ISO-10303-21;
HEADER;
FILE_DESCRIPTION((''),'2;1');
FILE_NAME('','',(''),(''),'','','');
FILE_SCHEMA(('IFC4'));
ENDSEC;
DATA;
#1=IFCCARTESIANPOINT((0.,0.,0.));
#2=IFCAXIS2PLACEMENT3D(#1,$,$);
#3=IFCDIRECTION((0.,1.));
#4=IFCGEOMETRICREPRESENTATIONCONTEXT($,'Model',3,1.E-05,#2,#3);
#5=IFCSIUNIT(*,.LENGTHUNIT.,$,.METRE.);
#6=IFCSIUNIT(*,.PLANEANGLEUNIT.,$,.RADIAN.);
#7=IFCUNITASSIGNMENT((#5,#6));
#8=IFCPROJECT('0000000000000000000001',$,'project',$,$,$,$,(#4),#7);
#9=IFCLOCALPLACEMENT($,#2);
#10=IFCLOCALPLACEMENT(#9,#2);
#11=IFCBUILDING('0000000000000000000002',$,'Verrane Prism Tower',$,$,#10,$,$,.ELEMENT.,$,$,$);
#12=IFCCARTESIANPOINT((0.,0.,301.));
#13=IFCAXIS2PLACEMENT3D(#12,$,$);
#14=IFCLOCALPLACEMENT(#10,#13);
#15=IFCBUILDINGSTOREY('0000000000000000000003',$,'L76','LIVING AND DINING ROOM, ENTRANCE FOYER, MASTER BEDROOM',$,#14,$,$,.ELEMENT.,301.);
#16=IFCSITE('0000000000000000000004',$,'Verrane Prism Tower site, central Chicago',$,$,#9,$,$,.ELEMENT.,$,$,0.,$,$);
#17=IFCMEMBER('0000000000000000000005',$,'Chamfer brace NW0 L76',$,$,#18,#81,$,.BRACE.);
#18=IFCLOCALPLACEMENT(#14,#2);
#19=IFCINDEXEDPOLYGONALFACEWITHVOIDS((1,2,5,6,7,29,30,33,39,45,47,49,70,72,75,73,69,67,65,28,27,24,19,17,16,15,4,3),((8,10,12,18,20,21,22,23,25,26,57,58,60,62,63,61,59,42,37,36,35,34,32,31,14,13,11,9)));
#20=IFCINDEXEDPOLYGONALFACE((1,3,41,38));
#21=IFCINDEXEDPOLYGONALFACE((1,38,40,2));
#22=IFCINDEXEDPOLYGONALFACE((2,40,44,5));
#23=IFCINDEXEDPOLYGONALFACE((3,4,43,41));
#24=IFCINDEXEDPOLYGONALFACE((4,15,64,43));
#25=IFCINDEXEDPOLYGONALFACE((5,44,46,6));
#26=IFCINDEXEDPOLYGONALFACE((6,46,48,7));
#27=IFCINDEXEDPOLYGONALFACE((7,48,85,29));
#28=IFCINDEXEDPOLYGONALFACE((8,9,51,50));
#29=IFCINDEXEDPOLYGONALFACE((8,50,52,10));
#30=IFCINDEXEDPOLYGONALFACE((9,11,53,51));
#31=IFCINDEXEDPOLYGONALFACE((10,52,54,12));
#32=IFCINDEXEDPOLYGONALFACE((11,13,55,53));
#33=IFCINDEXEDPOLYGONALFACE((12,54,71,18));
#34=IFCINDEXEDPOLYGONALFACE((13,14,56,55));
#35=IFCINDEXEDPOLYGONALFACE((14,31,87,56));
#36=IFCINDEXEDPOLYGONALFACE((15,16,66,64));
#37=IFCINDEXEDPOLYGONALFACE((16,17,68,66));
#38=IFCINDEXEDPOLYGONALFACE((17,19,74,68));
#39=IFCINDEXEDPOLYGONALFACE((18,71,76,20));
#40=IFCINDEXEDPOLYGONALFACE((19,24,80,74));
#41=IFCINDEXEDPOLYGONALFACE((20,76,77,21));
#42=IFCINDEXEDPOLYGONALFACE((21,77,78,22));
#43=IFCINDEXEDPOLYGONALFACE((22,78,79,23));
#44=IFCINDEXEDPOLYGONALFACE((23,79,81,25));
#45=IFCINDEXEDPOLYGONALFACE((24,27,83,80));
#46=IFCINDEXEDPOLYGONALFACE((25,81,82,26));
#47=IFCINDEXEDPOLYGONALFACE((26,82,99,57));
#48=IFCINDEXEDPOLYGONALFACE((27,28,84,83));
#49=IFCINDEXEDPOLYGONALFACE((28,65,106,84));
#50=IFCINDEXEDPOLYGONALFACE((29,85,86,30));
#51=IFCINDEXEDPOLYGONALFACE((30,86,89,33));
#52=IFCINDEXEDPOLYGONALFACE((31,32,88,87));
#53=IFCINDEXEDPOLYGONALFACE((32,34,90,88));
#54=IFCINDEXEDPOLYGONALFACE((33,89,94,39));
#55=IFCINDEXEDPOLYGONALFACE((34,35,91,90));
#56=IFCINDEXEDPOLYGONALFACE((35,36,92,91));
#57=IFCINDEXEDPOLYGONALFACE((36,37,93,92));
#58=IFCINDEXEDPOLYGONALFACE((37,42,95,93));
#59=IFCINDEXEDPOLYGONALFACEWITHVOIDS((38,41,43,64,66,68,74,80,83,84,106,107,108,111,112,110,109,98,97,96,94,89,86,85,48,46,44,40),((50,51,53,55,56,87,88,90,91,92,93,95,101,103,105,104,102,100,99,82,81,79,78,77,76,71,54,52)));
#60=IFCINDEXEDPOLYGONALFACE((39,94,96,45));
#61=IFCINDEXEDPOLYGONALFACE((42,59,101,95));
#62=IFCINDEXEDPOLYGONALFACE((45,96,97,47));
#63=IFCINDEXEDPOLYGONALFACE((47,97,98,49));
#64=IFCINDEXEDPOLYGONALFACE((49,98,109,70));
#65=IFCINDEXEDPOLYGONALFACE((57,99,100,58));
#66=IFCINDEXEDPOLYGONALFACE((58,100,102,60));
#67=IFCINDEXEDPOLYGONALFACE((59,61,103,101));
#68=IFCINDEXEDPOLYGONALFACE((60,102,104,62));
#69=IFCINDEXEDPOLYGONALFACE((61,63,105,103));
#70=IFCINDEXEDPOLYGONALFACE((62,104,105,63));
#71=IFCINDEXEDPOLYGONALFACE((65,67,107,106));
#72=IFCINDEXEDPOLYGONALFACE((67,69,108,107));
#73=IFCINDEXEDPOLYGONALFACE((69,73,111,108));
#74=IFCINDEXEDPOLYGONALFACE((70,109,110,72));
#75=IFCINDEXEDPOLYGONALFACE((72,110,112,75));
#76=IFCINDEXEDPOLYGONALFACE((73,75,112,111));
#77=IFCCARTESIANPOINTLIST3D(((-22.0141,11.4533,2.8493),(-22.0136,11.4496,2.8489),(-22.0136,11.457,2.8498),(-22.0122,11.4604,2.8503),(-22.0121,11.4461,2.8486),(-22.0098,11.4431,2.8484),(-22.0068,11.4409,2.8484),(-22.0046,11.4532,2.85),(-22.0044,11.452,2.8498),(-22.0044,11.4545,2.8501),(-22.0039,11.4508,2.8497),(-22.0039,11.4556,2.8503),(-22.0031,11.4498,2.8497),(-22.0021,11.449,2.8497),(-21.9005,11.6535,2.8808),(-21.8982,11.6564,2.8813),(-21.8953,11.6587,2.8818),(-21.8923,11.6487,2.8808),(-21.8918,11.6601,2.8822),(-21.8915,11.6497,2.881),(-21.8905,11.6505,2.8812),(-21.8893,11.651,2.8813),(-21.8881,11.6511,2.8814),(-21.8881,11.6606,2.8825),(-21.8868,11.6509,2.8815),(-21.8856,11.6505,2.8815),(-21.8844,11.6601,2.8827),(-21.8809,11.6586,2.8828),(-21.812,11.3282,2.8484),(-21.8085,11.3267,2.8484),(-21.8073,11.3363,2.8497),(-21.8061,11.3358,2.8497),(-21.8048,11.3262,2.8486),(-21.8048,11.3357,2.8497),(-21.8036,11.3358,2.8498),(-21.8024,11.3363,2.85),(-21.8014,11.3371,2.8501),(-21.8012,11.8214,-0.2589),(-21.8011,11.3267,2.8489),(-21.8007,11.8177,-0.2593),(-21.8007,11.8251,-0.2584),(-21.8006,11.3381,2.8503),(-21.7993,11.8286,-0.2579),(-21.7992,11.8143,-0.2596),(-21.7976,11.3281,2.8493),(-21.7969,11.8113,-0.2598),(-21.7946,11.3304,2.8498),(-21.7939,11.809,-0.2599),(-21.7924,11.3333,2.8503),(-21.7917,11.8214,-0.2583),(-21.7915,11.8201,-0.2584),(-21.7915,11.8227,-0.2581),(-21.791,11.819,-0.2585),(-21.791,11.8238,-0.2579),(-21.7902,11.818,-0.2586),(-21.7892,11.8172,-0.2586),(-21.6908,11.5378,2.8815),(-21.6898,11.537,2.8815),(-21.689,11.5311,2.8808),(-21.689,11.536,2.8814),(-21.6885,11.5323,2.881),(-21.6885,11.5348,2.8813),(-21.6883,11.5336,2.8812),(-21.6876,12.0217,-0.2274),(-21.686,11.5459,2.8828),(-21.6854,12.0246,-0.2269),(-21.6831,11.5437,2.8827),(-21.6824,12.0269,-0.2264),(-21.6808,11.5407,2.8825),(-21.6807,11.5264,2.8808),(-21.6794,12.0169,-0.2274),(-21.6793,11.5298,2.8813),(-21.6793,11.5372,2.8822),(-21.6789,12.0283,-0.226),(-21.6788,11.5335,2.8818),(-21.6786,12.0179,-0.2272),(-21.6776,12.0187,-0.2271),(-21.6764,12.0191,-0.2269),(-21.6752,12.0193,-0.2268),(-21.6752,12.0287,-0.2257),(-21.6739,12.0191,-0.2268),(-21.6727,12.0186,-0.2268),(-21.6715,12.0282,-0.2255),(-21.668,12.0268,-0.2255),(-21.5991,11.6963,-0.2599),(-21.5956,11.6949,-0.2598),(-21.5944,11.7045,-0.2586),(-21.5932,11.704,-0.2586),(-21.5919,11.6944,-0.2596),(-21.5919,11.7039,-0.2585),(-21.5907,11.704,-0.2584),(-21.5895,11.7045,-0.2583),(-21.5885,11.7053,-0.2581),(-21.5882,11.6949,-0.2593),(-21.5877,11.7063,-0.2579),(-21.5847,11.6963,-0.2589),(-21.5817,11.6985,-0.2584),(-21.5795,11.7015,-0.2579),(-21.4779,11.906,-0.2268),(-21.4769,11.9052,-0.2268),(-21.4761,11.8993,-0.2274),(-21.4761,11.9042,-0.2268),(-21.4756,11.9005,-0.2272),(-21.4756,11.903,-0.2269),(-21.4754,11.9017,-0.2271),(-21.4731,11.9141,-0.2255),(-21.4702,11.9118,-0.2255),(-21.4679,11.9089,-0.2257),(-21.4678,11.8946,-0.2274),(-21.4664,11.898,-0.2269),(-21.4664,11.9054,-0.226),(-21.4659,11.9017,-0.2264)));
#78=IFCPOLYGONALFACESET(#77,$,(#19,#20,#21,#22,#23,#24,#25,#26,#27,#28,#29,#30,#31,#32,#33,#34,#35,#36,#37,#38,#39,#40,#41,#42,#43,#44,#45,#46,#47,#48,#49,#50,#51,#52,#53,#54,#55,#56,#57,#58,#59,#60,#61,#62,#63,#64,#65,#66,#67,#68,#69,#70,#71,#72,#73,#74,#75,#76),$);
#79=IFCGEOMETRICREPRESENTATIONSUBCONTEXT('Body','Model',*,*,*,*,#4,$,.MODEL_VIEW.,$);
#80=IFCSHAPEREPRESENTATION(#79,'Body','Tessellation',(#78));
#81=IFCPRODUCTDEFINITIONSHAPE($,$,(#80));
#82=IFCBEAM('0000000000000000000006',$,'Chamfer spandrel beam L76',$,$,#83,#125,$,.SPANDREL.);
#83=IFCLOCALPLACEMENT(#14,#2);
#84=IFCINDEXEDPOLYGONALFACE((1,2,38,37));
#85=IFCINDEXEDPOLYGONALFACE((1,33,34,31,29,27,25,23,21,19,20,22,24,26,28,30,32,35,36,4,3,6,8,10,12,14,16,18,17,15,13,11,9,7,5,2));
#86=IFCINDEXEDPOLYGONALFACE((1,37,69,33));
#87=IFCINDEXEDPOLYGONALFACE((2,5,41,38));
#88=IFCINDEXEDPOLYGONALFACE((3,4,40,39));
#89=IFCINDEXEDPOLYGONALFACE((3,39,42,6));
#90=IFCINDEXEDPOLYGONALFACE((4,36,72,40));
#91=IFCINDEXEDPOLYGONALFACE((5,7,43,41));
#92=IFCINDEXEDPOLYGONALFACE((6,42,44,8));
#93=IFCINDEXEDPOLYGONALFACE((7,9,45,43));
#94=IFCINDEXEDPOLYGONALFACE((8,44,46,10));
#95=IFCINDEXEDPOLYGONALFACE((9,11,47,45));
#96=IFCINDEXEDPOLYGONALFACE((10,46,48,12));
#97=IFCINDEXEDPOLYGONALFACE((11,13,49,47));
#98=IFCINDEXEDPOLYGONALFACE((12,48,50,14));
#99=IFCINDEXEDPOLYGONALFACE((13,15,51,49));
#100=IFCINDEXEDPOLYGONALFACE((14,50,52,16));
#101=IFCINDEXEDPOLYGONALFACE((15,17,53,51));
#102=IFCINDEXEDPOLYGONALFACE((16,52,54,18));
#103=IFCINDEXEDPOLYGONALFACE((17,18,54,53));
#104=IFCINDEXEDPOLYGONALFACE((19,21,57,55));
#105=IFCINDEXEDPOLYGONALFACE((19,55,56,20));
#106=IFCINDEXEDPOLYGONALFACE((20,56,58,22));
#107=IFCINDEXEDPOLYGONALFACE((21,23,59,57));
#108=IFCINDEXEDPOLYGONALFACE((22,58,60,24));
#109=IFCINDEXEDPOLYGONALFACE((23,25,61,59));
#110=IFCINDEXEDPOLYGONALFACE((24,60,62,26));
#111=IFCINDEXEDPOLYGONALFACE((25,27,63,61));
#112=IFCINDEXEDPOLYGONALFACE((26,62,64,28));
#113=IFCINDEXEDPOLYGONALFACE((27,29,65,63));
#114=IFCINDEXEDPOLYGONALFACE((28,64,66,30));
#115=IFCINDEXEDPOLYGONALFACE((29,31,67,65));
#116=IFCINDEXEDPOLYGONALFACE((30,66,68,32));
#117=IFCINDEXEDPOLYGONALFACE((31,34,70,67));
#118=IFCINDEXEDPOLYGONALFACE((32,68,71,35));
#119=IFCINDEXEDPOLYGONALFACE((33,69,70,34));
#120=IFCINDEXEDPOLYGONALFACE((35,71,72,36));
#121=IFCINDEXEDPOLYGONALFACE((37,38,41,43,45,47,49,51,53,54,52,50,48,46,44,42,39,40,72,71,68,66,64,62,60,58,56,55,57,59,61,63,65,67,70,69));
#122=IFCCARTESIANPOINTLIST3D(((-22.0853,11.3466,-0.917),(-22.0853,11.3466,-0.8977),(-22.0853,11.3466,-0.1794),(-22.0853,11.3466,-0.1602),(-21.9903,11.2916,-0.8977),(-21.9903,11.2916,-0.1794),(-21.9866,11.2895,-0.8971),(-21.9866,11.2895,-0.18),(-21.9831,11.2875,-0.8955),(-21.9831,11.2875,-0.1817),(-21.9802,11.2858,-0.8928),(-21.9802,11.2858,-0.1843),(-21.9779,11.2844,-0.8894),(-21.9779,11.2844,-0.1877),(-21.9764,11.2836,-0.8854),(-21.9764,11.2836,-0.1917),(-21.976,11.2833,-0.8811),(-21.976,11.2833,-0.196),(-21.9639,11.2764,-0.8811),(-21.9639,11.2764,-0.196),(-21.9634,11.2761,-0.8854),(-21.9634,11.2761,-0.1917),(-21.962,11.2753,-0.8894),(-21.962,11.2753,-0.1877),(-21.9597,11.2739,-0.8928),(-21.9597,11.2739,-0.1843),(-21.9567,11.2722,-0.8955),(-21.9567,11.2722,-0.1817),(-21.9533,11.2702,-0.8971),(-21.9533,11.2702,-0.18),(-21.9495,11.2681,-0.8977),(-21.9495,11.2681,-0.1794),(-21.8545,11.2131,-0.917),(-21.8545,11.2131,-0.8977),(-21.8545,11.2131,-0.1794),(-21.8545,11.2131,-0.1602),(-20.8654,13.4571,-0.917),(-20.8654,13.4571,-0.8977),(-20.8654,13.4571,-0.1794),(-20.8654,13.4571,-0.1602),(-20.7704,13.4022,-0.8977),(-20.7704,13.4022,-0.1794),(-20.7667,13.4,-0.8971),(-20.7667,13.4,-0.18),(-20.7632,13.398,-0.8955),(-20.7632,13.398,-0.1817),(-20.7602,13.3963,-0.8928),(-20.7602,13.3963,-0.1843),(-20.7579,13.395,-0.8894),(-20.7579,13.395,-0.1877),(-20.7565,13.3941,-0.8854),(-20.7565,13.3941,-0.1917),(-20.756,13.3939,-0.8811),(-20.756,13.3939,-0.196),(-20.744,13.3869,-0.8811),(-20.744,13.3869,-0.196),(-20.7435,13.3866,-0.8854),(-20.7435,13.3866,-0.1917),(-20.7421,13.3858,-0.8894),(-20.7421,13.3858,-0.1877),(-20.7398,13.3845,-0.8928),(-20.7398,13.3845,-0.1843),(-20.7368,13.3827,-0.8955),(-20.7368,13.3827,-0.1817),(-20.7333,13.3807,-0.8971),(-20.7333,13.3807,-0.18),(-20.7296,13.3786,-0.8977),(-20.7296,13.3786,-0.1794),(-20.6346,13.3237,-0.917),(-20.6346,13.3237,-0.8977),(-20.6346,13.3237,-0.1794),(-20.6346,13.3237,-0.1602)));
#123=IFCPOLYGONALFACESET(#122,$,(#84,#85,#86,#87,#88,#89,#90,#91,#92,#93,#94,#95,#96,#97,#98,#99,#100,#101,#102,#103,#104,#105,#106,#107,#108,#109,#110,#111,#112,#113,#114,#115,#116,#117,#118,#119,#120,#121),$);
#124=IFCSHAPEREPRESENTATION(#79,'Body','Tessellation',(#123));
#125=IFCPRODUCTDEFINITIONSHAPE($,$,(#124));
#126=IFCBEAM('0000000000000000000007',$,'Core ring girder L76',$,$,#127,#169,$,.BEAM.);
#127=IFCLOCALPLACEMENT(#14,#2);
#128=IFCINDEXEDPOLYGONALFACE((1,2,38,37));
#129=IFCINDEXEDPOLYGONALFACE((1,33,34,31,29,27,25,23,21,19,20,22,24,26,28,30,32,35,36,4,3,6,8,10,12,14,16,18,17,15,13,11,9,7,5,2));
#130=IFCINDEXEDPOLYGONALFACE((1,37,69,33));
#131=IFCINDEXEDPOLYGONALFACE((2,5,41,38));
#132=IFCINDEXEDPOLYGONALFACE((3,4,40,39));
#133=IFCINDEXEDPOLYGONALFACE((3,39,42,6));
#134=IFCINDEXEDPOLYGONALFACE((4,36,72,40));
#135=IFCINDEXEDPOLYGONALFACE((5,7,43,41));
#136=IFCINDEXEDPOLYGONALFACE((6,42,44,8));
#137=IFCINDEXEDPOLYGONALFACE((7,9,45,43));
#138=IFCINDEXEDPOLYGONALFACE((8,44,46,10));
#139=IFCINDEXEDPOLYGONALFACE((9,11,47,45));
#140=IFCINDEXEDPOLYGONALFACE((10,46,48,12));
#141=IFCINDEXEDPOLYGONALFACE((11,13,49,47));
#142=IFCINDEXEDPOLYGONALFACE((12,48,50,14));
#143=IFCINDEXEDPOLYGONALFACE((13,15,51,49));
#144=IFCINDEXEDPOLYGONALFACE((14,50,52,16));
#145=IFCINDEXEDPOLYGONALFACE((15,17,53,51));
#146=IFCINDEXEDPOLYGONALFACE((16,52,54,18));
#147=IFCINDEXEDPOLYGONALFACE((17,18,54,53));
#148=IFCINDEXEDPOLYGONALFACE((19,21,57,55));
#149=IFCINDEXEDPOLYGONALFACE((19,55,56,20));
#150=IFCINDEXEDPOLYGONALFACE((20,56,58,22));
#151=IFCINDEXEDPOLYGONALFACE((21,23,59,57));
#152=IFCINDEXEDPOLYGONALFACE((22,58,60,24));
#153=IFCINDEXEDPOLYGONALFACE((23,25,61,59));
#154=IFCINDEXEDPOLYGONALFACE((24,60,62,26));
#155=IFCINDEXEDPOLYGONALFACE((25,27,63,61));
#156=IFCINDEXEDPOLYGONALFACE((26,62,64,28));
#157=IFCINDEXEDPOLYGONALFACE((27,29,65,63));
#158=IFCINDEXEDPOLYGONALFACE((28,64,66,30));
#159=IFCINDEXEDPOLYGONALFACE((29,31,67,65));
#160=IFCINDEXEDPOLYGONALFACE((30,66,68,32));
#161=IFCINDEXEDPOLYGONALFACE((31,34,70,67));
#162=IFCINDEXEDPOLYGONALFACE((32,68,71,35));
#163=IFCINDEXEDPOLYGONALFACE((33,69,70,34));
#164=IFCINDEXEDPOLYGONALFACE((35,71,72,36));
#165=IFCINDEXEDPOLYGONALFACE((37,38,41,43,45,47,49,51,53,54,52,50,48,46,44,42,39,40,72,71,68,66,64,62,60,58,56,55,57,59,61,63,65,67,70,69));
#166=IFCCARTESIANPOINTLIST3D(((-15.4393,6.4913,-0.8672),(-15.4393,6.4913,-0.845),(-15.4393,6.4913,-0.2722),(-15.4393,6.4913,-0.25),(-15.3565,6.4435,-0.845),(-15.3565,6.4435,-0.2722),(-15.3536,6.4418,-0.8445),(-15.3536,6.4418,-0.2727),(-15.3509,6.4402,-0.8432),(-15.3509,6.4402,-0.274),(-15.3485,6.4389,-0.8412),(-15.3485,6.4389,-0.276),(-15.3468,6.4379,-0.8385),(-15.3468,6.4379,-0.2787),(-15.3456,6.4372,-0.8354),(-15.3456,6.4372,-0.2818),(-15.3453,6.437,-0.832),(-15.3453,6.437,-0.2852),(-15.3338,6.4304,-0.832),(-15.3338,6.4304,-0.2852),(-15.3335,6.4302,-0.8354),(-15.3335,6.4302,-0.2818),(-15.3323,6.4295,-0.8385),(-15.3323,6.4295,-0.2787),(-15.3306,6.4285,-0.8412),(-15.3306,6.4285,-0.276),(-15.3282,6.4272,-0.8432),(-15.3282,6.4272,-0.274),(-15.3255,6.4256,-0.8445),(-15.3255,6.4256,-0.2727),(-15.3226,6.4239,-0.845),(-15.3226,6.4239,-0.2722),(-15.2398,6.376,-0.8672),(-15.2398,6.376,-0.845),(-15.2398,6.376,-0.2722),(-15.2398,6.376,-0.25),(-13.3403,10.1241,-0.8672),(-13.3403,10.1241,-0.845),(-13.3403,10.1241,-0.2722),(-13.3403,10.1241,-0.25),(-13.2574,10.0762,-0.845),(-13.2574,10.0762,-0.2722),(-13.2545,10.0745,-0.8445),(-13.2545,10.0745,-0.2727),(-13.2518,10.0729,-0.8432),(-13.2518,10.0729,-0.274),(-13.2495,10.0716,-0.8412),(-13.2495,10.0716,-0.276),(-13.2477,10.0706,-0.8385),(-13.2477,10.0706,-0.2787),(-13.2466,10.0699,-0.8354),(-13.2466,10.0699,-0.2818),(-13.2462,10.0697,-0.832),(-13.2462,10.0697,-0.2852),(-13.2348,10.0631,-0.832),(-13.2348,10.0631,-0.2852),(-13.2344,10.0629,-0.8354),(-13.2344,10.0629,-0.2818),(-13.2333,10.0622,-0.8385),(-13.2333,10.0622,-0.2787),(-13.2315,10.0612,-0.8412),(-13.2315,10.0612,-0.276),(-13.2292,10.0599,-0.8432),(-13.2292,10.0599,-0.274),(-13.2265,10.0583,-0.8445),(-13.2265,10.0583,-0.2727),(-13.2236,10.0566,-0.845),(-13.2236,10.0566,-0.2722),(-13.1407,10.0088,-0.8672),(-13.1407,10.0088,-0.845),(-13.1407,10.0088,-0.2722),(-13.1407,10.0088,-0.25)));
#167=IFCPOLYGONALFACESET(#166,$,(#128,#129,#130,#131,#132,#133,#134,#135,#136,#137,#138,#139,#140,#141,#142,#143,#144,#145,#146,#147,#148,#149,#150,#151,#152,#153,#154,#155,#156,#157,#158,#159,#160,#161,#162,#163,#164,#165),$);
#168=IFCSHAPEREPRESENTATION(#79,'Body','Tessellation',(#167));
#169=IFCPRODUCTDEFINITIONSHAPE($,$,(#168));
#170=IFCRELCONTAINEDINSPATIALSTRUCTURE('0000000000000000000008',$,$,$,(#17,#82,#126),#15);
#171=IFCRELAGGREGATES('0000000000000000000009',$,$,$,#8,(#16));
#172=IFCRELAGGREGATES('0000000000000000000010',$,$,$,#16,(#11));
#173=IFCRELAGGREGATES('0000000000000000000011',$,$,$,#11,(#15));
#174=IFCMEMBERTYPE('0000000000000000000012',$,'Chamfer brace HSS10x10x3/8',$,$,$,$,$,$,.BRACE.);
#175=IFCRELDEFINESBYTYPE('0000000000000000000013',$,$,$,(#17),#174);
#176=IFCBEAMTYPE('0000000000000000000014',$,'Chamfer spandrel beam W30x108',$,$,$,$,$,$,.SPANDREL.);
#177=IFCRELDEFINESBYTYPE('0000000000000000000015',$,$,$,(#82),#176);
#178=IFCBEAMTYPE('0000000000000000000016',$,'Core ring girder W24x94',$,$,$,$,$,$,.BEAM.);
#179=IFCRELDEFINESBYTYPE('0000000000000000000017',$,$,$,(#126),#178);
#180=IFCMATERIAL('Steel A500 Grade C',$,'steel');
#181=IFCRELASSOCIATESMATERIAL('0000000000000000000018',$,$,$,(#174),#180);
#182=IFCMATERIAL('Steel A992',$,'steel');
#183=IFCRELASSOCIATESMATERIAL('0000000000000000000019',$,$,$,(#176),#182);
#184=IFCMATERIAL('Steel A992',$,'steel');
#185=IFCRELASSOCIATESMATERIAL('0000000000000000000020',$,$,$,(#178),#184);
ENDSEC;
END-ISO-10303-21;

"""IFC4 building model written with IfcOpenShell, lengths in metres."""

from ifc_helpers import new_model, si_unit, direction, frame, origin, origin_2d, place, context, subcontext, project, spatial, hollow_rectangle, i_section, extrude, material, material_profile, profile_set, type_object, element, save


model = new_model("IFC4")

# Units and contexts
model_context = context("Model", 3, precision=1e-05, world=origin(), true_north=direction((0.0, 1.0)))
body_context = subcontext(model_context, "Body", "Model", "MODEL_VIEW")
ifc_project = project(units=[si_unit("LENGTHUNIT", "METRE"), si_unit("PLANEANGLEUNIT", "RADIAN")], contexts=[model_context])

# Site, building, storey
site_placement = place(None, origin())
site = spatial("IfcSite", under=ifc_project, at=site_placement, Name="Verrane Prism Tower site, central Chicago", CompositionType="ELEMENT", RefElevation=0.0)
building_placement = place(site_placement, origin())
building = spatial("IfcBuilding", under=site, at=building_placement, Name="Verrane Prism Tower", CompositionType="ELEMENT")
storey_placement = place(building_placement, frame((0.0, 0.0, 301.0)))
storey = spatial("IfcBuildingStorey", under=building, at=storey_placement, Name="L76", Description="LIVING AND DINING ROOM, ENTRANCE FOYER, MASTER BEDROOM", CompositionType="ELEMENT", Elevation=301.0)

# Member
ifc_material_1 = material(Name="Steel A500 Grade C", Category="steel")
ifc_material_profile_1 = material_profile(ifc_material_1, hollow_rectangle(XDim=0.2539, YDim=0.2539, WallThickness=0.0095, InnerFilletRadius=0.0049, OuterFilletRadius=0.0144, at=origin_2d()), Name="HSS10x10x3/8")
ifc_profile_set_1 = profile_set([ifc_material_profile_1], Name="Steel A500 Grade C")
member_type_1 = type_object("IfcMemberType", Name="Chamfer brace HSS10x10x3/8", PredefinedType="BRACE", material=ifc_profile_set_1)
member_1_placement = place(storey_placement, frame((-21.6335, 11.8616, -0.2427), z_axis=(-0.067862, -0.117358, 0.990768), x_axis=(0.865688, -0.500584, 0.0)))
element("IfcMember", 1, at=member_1_placement, inside=storey, type_object=member_type_1, Name="Chamfer brace NW0 L76", PredefinedType="BRACE", context=body_context, shape_type="SweptSolid", body=[
    extrude(hollow_rectangle(XDim=0.2539, YDim=0.2539, WallThickness=0.0095, InnerFilletRadius=0.0049, OuterFilletRadius=0.0144, at=origin_2d()), origin(), (0.0, 0.0, 1.0), 3.1372),
])

# Beams
ifc_material_2 = material(Name="Steel A992", Category="steel")
ifc_material_profile_2 = material_profile(ifc_material_2, i_section(OverallWidth=0.2666, OverallDepth=0.7568, WebThickness=0.0139, FlangeThickness=0.0193, FilletRadius=0.0166, at=origin_2d()), Name="W30x108")
ifc_profile_set_2 = profile_set([ifc_material_profile_2], Name="Steel A992")
beam_type_1 = type_object("IfcBeamType", Name="Chamfer spandrel beam W30x108", PredefinedType="SPANDREL", material=ifc_profile_set_2)
beam_1_placement = place(storey_placement, frame((-20.75, 13.3904, -0.5386), z_axis=(-0.500436, -0.865773, 0.0), x_axis=(0.865773, -0.500436, 0.0)))
element("IfcBeam", 2, at=beam_1_placement, inside=storey, type_object=beam_type_1, Name="Chamfer spandrel beam L76", PredefinedType="SPANDREL", context=body_context, shape_type="SweptSolid", body=[
    extrude(i_section(OverallWidth=0.2666, OverallDepth=0.7568, WebThickness=0.0139, FlangeThickness=0.0193, FilletRadius=0.0166, at=origin_2d()), origin(), (0.0, 0.0, 1.0), 2.4377),
])
ifc_material_3 = material(Name="Steel A992", Category="steel")
ifc_material_profile_3 = material_profile(ifc_material_3, i_section(OverallWidth=0.2305, OverallDepth=0.6172, WebThickness=0.0132, FlangeThickness=0.0222, FilletRadius=0.0129, at=origin_2d()), Name="W24x94")
ifc_profile_set_3 = profile_set([ifc_material_profile_3], Name="Steel A992")
beam_type_2 = type_object("IfcBeamType", Name="Core ring girder W24x94", PredefinedType="BEAM", material=ifc_profile_set_3)
beam_2_placement = place(storey_placement, frame((-13.2405, 10.0664, -0.5586), z_axis=(-0.500307, -0.865848, 0.0), x_axis=(0.865848, -0.500307, 0.0)))
element("IfcBeam", 3, at=beam_2_placement, inside=storey, type_object=beam_type_2, Name="Core ring girder L76", PredefinedType="BEAM", context=body_context, shape_type="SweptSolid", body=[
    extrude(i_section(OverallWidth=0.2305, OverallDepth=0.6172, WebThickness=0.0132, FlangeThickness=0.0222, FilletRadius=0.0129, at=origin_2d()), origin(), (0.0, 0.0, 1.0), 4.1956),
])

save(model, "model.ifc")
